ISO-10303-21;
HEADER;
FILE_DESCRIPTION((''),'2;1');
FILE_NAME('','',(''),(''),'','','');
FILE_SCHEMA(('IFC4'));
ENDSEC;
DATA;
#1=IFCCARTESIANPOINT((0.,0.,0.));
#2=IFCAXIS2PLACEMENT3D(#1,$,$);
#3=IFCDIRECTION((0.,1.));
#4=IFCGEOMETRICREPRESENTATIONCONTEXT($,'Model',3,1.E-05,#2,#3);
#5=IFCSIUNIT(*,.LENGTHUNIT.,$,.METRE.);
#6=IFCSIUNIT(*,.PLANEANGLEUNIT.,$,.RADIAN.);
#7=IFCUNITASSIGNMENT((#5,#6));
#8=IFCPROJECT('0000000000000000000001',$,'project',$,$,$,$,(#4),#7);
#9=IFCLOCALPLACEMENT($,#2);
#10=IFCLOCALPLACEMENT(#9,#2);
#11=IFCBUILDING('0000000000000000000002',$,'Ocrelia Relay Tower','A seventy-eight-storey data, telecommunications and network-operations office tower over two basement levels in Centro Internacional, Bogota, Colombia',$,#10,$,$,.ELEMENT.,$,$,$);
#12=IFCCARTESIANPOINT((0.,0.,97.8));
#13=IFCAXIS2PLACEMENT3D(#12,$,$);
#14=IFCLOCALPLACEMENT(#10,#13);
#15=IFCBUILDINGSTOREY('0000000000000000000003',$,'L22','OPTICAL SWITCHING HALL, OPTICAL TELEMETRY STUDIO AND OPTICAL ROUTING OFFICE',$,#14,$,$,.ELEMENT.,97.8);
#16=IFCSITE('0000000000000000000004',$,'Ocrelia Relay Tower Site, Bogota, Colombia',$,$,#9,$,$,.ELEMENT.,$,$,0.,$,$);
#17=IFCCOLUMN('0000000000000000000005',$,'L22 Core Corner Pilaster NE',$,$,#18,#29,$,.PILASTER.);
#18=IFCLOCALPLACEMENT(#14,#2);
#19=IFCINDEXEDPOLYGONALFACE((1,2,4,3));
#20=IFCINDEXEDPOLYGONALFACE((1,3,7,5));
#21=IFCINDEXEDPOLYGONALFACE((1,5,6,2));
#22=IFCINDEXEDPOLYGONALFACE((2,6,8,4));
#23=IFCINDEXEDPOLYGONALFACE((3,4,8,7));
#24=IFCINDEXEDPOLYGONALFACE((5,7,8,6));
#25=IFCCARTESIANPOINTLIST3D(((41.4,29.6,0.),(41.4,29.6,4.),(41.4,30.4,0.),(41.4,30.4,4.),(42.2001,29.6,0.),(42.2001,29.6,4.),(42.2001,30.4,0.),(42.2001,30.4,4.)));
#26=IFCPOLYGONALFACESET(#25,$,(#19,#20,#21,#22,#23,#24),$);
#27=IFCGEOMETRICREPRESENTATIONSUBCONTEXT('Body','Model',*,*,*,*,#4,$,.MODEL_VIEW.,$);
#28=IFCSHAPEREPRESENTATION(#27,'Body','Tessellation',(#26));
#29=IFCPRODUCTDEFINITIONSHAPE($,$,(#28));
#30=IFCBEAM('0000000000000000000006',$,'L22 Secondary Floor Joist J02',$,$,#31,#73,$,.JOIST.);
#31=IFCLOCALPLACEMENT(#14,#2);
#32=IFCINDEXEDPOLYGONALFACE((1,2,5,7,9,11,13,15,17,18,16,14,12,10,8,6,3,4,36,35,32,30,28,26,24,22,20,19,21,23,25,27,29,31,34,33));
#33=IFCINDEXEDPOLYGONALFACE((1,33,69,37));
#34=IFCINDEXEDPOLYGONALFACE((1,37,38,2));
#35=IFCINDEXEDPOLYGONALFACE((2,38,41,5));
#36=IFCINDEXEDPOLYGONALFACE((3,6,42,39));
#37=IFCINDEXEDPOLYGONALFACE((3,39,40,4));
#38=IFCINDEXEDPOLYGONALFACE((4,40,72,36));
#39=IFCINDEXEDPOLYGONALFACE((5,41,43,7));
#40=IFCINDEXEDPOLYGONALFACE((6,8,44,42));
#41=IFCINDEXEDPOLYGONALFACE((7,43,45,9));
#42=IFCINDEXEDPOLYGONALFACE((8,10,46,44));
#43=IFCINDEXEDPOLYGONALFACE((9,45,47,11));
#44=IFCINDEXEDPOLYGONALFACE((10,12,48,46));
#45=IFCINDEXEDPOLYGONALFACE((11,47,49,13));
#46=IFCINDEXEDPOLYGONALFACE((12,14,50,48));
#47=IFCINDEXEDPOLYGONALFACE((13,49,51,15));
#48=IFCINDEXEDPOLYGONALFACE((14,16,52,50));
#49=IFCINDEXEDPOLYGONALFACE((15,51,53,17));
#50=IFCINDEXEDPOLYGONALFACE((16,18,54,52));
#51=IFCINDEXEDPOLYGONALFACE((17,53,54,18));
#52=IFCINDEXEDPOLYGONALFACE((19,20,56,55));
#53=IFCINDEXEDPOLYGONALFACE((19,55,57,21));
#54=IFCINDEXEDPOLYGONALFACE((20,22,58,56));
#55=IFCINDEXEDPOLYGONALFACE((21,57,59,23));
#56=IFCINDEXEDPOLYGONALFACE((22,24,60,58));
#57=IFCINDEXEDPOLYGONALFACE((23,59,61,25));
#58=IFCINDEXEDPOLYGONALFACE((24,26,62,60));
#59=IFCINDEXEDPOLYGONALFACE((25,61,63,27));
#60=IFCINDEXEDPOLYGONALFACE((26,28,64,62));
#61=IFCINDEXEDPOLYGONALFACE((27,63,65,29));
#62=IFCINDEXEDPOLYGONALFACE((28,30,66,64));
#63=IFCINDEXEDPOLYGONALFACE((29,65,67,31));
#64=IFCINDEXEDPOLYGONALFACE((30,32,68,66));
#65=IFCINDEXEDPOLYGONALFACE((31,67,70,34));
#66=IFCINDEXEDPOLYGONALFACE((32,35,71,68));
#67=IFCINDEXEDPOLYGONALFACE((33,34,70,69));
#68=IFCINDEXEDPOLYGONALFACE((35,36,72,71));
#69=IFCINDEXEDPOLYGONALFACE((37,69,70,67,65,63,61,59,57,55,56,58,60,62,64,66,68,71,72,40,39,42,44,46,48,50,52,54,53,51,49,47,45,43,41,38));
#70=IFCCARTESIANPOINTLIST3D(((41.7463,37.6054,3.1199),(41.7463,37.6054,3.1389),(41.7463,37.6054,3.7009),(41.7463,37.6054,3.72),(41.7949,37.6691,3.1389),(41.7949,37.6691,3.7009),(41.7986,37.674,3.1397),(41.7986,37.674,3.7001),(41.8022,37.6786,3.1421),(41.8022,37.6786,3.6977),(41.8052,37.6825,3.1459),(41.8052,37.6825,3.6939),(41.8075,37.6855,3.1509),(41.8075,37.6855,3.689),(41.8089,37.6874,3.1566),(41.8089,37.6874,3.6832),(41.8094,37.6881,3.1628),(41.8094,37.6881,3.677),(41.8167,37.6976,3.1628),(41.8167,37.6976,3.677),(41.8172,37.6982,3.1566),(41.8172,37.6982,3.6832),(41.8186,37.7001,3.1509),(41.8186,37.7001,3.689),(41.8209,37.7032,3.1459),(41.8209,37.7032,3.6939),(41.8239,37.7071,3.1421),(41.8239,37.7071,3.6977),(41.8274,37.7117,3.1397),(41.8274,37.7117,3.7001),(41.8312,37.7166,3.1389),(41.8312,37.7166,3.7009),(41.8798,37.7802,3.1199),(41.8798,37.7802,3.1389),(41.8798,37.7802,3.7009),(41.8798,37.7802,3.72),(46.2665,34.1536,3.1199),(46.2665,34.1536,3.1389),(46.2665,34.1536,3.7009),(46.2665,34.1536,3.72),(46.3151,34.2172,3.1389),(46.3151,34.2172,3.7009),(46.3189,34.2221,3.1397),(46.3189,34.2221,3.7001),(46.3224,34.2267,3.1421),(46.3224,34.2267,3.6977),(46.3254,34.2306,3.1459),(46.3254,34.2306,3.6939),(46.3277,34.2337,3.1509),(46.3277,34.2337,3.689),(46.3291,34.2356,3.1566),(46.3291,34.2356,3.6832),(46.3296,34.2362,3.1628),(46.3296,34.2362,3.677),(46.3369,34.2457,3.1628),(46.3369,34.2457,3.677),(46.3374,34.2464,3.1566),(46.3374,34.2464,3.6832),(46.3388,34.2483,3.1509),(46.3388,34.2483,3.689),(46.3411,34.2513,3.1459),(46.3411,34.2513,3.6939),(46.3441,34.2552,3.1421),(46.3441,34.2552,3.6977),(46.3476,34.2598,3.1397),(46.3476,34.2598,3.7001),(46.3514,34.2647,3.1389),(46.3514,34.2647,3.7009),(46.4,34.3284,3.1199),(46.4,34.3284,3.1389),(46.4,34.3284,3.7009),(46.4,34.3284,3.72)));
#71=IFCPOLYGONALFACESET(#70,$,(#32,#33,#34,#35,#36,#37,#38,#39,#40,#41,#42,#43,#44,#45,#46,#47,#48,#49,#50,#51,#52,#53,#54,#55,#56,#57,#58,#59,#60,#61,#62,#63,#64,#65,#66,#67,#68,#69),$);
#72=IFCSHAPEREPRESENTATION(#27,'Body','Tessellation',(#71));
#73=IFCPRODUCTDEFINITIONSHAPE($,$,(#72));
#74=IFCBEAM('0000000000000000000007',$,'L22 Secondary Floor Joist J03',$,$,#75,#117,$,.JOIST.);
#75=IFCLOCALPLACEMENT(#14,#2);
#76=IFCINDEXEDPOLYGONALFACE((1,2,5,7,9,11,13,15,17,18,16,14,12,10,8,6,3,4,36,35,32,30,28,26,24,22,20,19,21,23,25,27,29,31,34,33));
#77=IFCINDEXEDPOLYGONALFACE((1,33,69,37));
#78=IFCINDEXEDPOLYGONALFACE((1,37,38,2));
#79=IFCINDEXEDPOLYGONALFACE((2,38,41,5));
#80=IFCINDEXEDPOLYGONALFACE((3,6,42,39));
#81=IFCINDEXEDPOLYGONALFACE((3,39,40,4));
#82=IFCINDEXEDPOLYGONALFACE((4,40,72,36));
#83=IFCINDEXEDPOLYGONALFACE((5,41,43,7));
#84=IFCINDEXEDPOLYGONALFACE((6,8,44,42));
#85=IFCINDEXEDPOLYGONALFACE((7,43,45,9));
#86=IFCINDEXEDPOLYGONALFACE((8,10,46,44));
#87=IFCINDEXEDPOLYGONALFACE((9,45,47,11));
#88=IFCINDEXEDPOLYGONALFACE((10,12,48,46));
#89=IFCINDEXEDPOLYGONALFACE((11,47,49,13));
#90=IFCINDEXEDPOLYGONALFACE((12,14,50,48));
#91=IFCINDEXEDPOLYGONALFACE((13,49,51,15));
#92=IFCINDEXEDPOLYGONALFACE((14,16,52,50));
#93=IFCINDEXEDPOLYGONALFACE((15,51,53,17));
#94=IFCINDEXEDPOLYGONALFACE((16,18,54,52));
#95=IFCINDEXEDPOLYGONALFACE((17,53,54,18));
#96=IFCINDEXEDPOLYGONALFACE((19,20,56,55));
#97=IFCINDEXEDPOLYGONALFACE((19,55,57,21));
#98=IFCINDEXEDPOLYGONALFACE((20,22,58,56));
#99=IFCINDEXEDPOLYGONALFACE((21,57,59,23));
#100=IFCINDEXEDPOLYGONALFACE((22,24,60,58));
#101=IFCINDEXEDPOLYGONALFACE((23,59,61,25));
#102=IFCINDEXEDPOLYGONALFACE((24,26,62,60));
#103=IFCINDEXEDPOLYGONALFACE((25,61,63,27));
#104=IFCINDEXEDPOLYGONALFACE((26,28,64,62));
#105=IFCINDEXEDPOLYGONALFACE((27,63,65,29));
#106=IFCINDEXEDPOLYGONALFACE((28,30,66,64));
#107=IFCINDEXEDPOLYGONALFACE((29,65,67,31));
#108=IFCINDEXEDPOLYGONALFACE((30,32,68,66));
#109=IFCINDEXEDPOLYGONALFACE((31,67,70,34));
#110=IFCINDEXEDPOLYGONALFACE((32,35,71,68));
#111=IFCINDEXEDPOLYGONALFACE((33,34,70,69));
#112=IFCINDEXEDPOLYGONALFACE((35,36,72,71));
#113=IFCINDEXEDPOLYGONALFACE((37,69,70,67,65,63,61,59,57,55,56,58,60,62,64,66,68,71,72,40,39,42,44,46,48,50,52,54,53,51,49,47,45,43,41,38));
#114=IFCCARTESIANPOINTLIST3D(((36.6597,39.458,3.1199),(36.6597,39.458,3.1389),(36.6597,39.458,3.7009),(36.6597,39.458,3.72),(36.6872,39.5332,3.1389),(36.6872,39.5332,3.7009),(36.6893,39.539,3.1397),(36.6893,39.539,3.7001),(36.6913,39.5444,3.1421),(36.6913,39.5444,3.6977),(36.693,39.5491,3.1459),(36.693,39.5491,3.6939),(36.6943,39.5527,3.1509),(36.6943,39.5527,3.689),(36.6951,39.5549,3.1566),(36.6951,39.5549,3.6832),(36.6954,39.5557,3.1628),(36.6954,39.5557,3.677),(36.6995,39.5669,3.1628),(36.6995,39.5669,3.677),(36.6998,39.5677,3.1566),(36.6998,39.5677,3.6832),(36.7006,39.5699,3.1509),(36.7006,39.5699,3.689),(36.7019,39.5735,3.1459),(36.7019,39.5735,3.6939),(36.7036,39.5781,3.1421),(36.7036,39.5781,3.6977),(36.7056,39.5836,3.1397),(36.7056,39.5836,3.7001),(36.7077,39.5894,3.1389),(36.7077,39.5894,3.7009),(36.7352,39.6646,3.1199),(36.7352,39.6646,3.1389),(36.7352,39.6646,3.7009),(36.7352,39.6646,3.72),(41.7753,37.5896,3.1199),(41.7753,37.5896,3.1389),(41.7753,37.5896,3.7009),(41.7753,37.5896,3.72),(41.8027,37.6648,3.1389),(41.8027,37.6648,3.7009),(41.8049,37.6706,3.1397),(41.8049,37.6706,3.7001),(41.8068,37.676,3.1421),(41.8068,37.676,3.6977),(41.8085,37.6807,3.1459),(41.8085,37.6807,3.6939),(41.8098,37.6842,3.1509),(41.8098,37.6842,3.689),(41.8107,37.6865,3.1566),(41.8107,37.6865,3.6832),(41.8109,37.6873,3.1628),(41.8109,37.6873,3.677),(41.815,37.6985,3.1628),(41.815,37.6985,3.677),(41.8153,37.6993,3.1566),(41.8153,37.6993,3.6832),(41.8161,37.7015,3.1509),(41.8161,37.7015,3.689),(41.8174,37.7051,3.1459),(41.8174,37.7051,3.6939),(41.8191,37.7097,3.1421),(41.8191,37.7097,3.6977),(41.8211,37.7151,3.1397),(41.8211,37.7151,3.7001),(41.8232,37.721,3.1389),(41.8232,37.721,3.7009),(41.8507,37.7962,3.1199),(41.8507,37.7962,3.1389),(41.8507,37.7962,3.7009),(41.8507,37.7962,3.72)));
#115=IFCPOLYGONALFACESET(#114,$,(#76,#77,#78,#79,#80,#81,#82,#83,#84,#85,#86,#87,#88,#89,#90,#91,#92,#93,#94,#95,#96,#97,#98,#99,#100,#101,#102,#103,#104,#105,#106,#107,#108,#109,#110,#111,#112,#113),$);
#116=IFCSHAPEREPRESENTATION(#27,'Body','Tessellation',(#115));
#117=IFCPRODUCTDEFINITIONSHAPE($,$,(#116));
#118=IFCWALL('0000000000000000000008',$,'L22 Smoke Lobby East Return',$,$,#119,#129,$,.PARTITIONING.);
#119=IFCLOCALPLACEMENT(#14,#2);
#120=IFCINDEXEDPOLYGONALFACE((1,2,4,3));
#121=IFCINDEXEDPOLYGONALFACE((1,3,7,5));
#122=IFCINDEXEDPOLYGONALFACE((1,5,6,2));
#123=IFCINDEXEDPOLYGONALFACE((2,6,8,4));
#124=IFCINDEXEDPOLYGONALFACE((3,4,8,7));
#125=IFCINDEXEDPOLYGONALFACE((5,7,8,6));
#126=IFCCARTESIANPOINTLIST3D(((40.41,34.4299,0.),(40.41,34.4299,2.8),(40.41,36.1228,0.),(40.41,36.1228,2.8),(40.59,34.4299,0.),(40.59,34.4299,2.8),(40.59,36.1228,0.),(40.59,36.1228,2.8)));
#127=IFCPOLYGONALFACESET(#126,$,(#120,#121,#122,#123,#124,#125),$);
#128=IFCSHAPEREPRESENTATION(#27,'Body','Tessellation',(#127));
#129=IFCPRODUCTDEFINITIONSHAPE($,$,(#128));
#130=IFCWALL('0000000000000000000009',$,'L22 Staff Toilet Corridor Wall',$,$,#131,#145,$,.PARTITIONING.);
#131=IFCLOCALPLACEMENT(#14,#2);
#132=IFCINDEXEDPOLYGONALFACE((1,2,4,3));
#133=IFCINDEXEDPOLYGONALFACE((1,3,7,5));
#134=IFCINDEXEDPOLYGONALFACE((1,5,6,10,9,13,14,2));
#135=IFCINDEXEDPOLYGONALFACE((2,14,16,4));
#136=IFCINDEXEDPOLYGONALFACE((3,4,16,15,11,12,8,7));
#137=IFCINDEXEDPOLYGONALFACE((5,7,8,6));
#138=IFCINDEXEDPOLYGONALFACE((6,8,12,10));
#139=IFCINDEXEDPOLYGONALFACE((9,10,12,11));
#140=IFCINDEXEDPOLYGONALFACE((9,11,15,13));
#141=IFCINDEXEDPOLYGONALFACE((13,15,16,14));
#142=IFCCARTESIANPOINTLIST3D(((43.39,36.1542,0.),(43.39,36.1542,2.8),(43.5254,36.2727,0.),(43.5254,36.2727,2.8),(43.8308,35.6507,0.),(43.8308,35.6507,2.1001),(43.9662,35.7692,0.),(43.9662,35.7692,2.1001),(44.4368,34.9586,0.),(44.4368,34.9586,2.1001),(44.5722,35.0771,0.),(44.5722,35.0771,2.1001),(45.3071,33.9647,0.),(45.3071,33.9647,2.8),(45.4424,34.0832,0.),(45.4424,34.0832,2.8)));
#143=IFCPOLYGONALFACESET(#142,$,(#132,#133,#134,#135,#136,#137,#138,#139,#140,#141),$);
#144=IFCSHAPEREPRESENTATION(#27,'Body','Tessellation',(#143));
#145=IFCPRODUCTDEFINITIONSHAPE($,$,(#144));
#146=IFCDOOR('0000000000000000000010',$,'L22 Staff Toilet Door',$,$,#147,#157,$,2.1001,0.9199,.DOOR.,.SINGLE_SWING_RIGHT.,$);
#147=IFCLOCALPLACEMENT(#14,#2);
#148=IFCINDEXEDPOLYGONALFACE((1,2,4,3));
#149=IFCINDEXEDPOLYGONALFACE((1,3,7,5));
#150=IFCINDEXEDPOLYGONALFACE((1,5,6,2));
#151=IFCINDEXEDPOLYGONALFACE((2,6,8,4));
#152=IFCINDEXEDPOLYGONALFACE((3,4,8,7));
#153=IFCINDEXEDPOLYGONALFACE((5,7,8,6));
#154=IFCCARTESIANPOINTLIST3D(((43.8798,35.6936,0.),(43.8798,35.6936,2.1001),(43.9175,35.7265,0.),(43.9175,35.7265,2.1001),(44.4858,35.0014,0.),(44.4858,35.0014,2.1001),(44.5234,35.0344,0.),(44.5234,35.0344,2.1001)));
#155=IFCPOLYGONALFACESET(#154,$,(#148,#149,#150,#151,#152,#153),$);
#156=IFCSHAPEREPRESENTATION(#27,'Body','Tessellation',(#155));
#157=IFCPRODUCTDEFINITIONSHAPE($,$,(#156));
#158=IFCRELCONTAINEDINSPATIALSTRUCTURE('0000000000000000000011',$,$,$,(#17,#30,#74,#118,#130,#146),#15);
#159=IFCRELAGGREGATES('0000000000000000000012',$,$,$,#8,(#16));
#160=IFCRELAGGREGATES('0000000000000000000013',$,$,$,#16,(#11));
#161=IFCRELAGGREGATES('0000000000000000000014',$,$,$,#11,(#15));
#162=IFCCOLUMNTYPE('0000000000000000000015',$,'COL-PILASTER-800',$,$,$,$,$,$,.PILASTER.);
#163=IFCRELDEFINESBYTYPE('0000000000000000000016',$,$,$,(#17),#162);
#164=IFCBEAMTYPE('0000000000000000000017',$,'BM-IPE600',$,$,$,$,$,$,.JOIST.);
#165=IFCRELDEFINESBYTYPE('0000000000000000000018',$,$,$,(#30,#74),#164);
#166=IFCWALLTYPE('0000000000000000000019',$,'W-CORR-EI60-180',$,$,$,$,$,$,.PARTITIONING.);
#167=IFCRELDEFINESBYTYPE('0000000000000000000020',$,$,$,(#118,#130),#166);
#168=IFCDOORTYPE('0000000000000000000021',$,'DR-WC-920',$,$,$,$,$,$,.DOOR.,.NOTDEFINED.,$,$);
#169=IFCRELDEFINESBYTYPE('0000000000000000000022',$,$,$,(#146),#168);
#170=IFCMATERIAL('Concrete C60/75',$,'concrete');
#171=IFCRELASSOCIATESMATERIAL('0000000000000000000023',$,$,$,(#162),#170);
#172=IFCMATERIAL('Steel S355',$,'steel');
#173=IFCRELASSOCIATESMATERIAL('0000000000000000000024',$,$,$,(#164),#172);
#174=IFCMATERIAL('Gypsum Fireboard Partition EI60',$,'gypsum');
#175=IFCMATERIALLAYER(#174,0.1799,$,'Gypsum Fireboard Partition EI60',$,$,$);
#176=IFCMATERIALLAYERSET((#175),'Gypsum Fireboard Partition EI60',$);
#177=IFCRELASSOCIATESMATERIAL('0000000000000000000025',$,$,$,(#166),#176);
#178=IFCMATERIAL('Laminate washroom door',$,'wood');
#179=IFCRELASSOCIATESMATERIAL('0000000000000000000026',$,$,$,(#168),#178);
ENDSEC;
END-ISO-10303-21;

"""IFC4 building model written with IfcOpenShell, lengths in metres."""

from ifc_helpers import new_model, si_unit, direction, frame, frame_2d, origin, origin_2d, place, context, subcontext, project, spatial, rectangle, i_section, extrude, material, layer, layer_set, material_profile, profile_set, type_object, element, fill, save


model = new_model("IFC4")

# Units and contexts
model_context = context("Model", 3, precision=1e-05, world=origin(), true_north=direction((0.0, 1.0)))
body_context = subcontext(model_context, "Body", "Model", "MODEL_VIEW")
ifc_project = project(units=[si_unit("LENGTHUNIT", "METRE"), si_unit("PLANEANGLEUNIT", "RADIAN")], contexts=[model_context])

# Site, building, storey
site_placement = place(None, origin())
site = spatial("IfcSite", under=ifc_project, at=site_placement, Name="Ocrelia Relay Tower Site, Bogota, Colombia", CompositionType="ELEMENT", RefElevation=0.0)
building_placement = place(site_placement, origin())
building = spatial("IfcBuilding", under=site, at=building_placement, Name="Ocrelia Relay Tower", Description="A seventy-eight-storey data, telecommunications and network-operations office tower over two basement levels in Centro Internacional, Bogota, Colombia", CompositionType="ELEMENT")
storey_placement = place(building_placement, frame((0.0, 0.0, 97.8)))
storey = spatial("IfcBuildingStorey", under=building, at=storey_placement, Name="L22", Description="OPTICAL SWITCHING HALL, OPTICAL TELEMETRY STUDIO AND OPTICAL ROUTING OFFICE", CompositionType="ELEMENT", Elevation=97.8)

# Column
ifc_material_1 = material(Name="Concrete C60/75", Category="concrete")
ifc_material_profile_1 = material_profile(ifc_material_1, rectangle(XDim=0.8, YDim=0.8, at=origin_2d()), Name="RC-COL-800x800")
ifc_profile_set_1 = profile_set([ifc_material_profile_1], Name="Concrete C60/75")
column_type = type_object("IfcColumnType", Name="COL-PILASTER-800", PredefinedType="PILASTER", material=ifc_profile_set_1)
column_placement = place(storey_placement, frame((41.8, 30.0, 0.0), z_axis=(0.0, 0.0, 1.0), x_axis=(1.0, 0.0, 0.0)))
element("IfcColumn", 1, at=column_placement, inside=storey, type_object=column_type, Name="L22 Core Corner Pilaster NE", PredefinedType="PILASTER", context=body_context, shape_type="SweptSolid", body=[
    extrude(rectangle(XDim=0.8, YDim=0.8, at=origin_2d()), origin(), (0.0, 0.0, 1.0), 4.0),
])

# Beams
ifc_material_2 = material(Name="Steel S355", Category="steel")
ifc_material_profile_2 = material_profile(ifc_material_2, i_section(OverallWidth=0.22, OverallDepth=0.6001, WebThickness=0.012, FlangeThickness=0.019, FilletRadius=0.0239, at=origin_2d()), Name="IPE 600")
ifc_profile_set_2 = profile_set([ifc_material_profile_2], Name="Steel S355")
beam_type = type_object("IfcBeamType", Name="BM-IPE600", PredefinedType="JOIST", material=ifc_profile_set_2)
beam_1_placement = place(storey_placement, frame((46.3333, 34.241, 3.4199), z_axis=(-0.794762, 0.606921, 0.0), x_axis=(-0.606921, -0.794762, 0.0)))
element("IfcBeam", 2, at=beam_1_placement, inside=storey, type_object=beam_type, Name="L22 Secondary Floor Joist J02", PredefinedType="JOIST", context=body_context, shape_type="SweptSolid", body=[
    extrude(i_section(OverallWidth=0.22, OverallDepth=0.6001, WebThickness=0.012, FlangeThickness=0.019, FilletRadius=0.0239, at=origin_2d()), origin(), (0.0, 0.0, 1.0), 5.6875),
])
beam_2_placement = place(storey_placement, frame((41.813, 37.6929, 3.4199), z_axis=(-0.939307, 0.343078, 0.0), x_axis=(-0.343078, -0.939307, 0.0)))
element("IfcBeam", 3, at=beam_2_placement, inside=storey, type_object=beam_type, Name="L22 Secondary Floor Joist J03", PredefinedType="JOIST", context=body_context, shape_type="SweptSolid", body=[
    extrude(i_section(OverallWidth=0.22, OverallDepth=0.6001, WebThickness=0.012, FlangeThickness=0.019, FilletRadius=0.0239, at=origin_2d()), origin(), (0.0, 0.0, 1.0), 5.446),
])

# Wall
ifc_material_3 = material(Name="Gypsum Fireboard Partition EI60", Category="gypsum")
ifc_layer_1 = layer(ifc_material_3, 0.1799, Name="Gypsum Fireboard Partition EI60")
ifc_layer_set_1 = layer_set([ifc_layer_1], Name="Gypsum Fireboard Partition EI60")
wall_type_1 = type_object("IfcWallType", Name="W-CORR-EI60-180", PredefinedType="PARTITIONING", material=ifc_layer_set_1)
wall_1_placement = place(storey_placement, frame((40.5, 36.1228, 0.0), z_axis=(0.0, 0.0, 1.0), x_axis=(0.0, -1.0, 0.0)))
element("IfcWall", 4, at=wall_1_placement, inside=storey, type_object=wall_type_1, Name="L22 Smoke Lobby East Return", PredefinedType="PARTITIONING", context=body_context, shape_type="SweptSolid", body=[
    extrude(rectangle(XDim=1.6929, YDim=0.1799, at=frame_2d((0.8464, 0.0))), origin(), (0.0, 0.0, 1.0), 2.8),
])

# Wall, opening, door
wall_2_placement = place(storey_placement, frame((45.3748, 34.0239, 0.0), z_axis=(0.0, 0.0, 1.0), x_axis=(-0.658742, 0.752369, 0.0)))
wall_2 = element("IfcWall", 5, at=wall_2_placement, inside=storey, type_object=wall_type_1, Name="L22 Staff Toilet Corridor Wall", PredefinedType="PARTITIONING", context=body_context, shape_type="SweptSolid", body=[
    extrude(rectangle(XDim=2.9102, YDim=0.1799, at=frame_2d((1.4551, 0.0))), origin(), (0.0, 0.0, 1.0), 2.8),
])
opening_1_placement = place(wall_2_placement, frame((1.321, 0.0, 0.0)))
opening_1 = element("IfcOpeningElement", 6, at=opening_1_placement, cuts=wall_2, PredefinedType="OPENING", context=body_context, shape_type="SweptSolid", body=[
    extrude(rectangle(XDim=0.9199, YDim=2.1001, at=frame_2d((0.46, 1.05))), frame((0.0, 0.1001, 0.0), z_axis=(0.0, -1.0, 0.0), x_axis=(1.0, 0.0, 0.0)), (0.0, 0.0, 1.0), 0.2),
])
ifc_material_4 = material(Name="Laminate washroom door", Category="wood")
door_type_1 = type_object("IfcDoorType", Name="DR-WC-920", OperationType="NOTDEFINED", PredefinedType="DOOR", material=ifc_material_4)
door_1_placement = place(opening_1_placement, origin())
door_1 = element("IfcDoor", 7, at=door_1_placement, inside=storey, type_object=door_type_1, Name="L22 Staff Toilet Door", OperationType="SINGLE_SWING_RIGHT", OverallHeight=2.1001, OverallWidth=0.9199, PredefinedType="DOOR", context=body_context, shape_type="SweptSolid", body=[
    extrude(rectangle(XDim=0.9199, YDim=2.1001, at=frame_2d((0.46, 1.05))), frame((0.0, 0.0249, 0.0), z_axis=(0.0, -1.0, 0.0), x_axis=(1.0, 0.0, 0.0)), (0.0, 0.0, 1.0), 0.05),
])
fill(opening_1, door_1)

save(model, "model.ifc")
